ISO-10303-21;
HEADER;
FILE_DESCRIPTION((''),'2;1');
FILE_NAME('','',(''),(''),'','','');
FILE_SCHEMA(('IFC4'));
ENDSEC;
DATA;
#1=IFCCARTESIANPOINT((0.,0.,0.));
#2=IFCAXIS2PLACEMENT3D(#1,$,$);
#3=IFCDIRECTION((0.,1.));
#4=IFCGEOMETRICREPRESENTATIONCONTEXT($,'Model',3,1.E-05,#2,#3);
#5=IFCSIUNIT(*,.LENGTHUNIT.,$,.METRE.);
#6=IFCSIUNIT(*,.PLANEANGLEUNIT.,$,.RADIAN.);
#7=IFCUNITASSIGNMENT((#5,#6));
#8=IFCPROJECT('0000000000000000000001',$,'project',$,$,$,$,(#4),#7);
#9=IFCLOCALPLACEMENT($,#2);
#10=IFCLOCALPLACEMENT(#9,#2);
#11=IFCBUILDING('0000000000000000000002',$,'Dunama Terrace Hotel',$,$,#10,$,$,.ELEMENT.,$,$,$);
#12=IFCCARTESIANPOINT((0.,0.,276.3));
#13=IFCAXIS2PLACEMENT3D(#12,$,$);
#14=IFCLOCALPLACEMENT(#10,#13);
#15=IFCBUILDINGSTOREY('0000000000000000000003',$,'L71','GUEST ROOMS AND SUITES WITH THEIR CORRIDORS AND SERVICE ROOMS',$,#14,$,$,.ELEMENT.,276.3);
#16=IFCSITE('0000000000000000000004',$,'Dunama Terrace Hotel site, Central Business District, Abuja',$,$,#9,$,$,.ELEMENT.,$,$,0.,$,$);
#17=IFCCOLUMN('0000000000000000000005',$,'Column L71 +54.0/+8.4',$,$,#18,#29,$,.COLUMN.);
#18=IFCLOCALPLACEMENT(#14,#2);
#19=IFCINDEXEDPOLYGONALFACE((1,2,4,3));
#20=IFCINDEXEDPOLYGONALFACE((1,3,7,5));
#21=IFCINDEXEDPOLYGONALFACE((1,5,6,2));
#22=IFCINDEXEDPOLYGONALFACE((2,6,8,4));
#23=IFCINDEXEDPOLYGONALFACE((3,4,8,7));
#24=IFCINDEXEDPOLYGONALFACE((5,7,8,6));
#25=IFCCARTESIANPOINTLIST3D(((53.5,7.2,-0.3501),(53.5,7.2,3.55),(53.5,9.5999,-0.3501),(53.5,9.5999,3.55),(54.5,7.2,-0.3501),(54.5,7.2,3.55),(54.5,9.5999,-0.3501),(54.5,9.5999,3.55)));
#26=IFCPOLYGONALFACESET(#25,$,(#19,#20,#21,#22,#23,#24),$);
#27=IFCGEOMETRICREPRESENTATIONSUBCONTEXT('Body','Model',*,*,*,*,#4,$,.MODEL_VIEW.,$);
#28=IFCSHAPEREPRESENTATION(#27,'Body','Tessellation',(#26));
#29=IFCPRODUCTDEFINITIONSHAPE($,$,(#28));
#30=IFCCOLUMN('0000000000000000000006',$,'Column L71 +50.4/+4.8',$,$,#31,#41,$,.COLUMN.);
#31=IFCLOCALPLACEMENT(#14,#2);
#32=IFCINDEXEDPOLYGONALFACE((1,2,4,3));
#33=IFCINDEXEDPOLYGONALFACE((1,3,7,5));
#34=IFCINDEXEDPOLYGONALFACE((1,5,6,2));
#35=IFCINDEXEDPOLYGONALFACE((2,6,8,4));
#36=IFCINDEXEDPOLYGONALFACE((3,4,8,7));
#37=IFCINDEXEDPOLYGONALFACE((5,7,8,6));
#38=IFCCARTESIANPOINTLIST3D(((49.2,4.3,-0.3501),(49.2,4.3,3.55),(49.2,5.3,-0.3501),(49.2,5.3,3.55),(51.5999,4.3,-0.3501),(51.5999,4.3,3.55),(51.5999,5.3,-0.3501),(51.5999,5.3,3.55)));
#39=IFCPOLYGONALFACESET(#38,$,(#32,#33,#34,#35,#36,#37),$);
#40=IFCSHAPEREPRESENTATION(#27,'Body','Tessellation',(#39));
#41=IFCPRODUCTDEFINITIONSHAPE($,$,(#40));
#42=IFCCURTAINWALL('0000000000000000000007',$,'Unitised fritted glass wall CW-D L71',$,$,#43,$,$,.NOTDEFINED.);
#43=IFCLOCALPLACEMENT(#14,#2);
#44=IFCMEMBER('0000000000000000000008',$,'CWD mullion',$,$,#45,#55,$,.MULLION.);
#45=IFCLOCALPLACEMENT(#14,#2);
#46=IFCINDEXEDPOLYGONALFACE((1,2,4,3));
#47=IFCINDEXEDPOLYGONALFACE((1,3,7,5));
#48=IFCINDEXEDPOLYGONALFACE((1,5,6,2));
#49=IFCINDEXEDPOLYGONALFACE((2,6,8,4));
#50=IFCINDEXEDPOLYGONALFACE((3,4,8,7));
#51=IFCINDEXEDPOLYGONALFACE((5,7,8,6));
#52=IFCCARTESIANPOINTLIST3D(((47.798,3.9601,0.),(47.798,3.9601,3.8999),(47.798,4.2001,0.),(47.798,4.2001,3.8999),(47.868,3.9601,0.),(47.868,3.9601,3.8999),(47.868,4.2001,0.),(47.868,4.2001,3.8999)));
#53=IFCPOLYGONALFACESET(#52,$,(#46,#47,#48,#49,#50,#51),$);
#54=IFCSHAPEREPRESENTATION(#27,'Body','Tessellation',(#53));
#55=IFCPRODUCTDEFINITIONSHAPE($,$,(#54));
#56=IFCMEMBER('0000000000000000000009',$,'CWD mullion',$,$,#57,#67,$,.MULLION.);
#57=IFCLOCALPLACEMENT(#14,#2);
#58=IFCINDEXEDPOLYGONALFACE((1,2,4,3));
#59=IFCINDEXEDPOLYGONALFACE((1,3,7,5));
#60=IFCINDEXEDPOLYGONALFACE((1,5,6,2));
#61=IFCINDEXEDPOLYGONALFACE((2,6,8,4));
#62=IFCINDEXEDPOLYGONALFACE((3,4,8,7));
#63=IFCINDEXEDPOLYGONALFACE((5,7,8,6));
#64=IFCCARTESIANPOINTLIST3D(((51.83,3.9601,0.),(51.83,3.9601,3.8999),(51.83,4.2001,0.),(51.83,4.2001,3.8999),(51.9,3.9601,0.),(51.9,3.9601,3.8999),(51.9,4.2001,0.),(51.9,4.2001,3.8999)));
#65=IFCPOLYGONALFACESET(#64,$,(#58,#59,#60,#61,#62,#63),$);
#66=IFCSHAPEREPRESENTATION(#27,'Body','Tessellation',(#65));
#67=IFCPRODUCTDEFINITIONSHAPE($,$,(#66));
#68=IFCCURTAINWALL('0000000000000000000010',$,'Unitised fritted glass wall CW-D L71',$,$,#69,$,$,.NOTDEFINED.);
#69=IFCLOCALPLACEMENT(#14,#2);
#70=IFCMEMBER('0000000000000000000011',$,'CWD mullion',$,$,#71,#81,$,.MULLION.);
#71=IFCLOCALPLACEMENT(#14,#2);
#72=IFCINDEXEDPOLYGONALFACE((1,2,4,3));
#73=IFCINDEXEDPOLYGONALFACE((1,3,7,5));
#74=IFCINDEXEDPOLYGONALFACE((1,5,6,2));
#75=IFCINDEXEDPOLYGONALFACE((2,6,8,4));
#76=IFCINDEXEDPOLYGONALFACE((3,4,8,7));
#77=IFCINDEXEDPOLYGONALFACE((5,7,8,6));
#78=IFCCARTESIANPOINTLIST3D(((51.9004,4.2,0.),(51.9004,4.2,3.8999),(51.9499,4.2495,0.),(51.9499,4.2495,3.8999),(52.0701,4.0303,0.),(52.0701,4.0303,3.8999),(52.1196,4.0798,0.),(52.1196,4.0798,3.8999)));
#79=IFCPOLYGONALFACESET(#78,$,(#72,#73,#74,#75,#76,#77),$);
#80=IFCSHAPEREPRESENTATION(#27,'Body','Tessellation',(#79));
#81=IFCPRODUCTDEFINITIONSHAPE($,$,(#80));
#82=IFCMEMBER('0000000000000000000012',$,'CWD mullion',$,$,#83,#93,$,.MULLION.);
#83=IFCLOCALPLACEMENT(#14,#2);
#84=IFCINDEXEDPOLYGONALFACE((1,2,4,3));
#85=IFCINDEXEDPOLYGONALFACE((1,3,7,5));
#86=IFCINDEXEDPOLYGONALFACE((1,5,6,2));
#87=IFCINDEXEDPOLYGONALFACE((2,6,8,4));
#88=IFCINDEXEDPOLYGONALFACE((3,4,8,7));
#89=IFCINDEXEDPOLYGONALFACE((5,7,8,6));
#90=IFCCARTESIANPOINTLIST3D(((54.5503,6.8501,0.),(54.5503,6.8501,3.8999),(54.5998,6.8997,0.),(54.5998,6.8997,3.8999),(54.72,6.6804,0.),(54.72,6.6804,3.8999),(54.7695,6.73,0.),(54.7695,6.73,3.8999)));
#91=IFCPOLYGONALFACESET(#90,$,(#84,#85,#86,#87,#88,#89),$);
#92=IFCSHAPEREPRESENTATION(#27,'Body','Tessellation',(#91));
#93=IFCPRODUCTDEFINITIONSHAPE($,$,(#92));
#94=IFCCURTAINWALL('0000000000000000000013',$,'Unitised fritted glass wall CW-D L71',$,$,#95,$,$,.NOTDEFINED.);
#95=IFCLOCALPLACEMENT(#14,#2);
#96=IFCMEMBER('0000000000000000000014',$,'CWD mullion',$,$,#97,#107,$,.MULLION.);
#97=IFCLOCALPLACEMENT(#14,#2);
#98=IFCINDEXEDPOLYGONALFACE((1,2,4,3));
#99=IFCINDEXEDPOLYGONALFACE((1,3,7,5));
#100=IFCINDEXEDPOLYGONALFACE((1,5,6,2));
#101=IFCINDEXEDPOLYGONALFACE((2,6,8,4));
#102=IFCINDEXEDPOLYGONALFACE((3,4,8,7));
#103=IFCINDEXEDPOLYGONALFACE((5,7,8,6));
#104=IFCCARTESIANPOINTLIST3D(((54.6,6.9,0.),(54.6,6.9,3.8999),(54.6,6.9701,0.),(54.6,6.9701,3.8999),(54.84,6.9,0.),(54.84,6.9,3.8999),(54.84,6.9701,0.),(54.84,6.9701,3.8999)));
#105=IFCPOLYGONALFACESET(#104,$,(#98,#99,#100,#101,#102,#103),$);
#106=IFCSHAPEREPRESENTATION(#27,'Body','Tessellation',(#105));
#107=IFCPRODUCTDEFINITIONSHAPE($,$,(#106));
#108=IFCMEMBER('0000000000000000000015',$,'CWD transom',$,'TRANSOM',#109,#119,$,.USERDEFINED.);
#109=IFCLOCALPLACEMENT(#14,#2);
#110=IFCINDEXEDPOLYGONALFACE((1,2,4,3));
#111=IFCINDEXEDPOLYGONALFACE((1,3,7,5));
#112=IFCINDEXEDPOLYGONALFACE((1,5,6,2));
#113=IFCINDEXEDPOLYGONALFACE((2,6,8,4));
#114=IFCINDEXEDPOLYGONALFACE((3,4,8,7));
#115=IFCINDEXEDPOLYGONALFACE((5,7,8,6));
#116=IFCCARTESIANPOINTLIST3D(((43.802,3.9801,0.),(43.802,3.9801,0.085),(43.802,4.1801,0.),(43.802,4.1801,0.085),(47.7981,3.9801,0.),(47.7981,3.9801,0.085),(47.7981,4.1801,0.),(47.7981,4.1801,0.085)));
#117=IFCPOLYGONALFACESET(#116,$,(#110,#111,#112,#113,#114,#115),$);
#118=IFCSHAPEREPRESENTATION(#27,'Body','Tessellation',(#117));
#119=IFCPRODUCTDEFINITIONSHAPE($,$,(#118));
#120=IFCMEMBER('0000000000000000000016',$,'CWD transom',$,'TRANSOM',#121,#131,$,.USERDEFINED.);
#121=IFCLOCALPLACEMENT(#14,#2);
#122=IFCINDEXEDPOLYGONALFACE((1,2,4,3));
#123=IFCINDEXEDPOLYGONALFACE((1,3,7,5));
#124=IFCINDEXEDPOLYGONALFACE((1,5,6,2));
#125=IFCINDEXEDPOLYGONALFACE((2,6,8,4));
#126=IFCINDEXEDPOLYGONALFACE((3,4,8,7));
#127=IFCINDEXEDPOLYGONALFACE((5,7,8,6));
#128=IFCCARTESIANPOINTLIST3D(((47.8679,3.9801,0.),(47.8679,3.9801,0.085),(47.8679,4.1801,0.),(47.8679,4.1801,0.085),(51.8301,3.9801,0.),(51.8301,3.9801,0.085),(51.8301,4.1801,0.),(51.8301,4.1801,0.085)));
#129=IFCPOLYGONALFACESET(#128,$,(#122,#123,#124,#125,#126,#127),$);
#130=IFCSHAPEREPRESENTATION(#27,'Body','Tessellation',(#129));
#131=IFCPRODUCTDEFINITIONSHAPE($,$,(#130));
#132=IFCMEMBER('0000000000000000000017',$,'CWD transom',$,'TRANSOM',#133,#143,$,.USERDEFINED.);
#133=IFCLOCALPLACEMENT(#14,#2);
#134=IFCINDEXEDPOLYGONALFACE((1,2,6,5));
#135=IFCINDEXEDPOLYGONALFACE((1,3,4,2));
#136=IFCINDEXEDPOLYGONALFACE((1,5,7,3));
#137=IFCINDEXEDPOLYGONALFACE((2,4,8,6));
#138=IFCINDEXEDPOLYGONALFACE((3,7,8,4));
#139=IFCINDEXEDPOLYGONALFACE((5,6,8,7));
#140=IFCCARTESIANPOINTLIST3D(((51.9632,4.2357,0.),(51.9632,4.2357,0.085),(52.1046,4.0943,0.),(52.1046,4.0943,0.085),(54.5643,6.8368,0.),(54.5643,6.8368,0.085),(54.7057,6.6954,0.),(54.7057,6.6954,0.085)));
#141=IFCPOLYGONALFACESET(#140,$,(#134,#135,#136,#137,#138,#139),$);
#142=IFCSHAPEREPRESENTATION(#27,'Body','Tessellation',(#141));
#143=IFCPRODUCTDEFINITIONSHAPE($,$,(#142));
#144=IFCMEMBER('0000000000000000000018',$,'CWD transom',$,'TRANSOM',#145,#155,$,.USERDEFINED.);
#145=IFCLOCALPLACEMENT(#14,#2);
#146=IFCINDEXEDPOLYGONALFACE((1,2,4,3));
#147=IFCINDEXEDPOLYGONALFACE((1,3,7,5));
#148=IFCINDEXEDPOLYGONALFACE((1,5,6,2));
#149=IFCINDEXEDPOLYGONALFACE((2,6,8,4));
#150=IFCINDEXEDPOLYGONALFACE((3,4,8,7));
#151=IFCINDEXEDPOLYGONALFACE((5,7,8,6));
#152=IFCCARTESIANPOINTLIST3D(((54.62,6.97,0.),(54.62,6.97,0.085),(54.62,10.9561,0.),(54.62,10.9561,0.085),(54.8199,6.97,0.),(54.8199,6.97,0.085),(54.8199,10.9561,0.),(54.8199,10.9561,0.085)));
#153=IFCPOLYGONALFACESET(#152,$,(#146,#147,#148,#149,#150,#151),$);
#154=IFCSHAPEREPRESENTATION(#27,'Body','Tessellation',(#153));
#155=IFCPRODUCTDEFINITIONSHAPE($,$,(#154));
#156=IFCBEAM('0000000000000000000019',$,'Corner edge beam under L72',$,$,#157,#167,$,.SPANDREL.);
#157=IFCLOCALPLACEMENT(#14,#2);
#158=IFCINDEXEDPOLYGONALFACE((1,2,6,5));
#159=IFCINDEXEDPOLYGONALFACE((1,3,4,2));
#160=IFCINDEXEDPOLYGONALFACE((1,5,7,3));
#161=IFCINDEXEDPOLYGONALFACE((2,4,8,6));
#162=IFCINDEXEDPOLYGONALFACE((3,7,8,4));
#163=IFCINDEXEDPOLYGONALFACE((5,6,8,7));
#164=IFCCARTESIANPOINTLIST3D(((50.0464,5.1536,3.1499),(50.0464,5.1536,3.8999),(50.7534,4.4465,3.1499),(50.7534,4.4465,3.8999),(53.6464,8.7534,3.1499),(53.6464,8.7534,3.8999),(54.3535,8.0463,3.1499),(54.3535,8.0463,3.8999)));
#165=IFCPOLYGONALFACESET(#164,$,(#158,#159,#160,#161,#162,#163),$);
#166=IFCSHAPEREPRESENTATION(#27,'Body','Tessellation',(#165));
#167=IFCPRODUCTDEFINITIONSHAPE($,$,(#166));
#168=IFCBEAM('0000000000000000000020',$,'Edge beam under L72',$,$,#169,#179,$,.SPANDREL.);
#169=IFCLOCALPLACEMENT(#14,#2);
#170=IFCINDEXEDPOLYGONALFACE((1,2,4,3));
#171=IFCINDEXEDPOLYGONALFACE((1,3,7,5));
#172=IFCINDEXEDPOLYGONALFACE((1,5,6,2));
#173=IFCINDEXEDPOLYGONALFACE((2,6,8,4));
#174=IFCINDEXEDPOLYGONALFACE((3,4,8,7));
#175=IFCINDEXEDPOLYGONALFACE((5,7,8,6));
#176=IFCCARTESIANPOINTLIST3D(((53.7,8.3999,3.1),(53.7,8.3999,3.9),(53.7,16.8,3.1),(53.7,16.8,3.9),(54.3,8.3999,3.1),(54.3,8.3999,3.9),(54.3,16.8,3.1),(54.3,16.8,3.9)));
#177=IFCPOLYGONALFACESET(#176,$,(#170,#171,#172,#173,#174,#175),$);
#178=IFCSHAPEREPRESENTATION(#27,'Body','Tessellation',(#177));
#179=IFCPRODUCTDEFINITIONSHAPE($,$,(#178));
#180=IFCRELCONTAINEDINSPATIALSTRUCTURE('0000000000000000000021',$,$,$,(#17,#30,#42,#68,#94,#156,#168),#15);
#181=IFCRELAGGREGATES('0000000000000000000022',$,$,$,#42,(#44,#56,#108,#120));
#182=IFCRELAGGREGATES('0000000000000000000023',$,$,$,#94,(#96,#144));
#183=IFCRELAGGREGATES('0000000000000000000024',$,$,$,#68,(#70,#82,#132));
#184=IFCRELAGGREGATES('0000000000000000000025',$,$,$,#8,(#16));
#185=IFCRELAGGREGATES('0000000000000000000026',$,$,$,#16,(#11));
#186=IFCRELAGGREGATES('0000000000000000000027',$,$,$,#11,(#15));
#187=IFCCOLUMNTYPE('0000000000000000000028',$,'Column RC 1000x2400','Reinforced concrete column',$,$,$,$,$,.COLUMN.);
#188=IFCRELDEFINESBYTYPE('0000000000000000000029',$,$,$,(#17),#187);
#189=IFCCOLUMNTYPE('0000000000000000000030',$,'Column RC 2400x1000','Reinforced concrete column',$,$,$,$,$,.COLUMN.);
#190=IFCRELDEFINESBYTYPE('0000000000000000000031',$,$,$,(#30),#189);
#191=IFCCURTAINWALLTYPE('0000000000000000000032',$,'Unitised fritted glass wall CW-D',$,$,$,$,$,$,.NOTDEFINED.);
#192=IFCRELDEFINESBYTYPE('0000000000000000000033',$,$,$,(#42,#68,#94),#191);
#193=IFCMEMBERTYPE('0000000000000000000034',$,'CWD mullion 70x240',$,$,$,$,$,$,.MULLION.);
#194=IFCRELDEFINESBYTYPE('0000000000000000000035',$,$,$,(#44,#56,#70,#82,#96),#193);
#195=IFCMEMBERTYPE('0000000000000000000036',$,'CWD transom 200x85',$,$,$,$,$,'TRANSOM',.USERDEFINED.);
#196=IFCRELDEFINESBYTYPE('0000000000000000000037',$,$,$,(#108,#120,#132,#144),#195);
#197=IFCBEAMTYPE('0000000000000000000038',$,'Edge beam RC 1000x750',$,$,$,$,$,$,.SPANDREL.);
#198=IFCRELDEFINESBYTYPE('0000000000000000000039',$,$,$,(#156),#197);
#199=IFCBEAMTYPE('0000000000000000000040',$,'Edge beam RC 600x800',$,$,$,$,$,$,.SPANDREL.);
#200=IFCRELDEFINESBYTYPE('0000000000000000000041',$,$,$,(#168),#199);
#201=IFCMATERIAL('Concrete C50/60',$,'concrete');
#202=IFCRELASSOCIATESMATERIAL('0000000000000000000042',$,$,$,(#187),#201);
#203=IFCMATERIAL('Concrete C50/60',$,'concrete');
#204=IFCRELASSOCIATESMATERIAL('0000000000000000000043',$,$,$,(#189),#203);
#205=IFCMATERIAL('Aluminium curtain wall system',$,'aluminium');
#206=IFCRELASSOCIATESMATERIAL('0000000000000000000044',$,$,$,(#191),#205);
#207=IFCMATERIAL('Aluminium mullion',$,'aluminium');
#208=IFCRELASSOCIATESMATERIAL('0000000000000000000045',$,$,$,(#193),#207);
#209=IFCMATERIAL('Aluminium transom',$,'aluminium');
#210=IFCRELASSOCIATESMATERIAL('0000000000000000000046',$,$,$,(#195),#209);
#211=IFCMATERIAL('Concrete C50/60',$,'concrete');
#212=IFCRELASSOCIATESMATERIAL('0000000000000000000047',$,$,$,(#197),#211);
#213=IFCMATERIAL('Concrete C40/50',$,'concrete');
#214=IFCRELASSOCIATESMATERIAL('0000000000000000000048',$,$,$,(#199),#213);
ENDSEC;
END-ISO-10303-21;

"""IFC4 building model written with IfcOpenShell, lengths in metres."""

from ifc_helpers import new_model, si_unit, direction, frame, origin, origin_2d, place, context, subcontext, project, spatial, rectangle, extrude, material, material_profile, profile_set, type_object, element, aggregate, save


model = new_model("IFC4")

# Units and contexts
model_context = context("Model", 3, precision=1e-05, world=origin(), true_north=direction((0.0, 1.0)))
body_context = subcontext(model_context, "Body", "Model", "MODEL_VIEW")
ifc_project = project(units=[si_unit("LENGTHUNIT", "METRE"), si_unit("PLANEANGLEUNIT", "RADIAN")], contexts=[model_context])

# Site, building, storey
site_placement = place(None, origin())
site = spatial("IfcSite", under=ifc_project, at=site_placement, Name="Dunama Terrace Hotel site, Central Business District, Abuja", CompositionType="ELEMENT", RefElevation=0.0)
building_placement = place(site_placement, origin())
building = spatial("IfcBuilding", under=site, at=building_placement, Name="Dunama Terrace Hotel", CompositionType="ELEMENT")
storey_placement = place(building_placement, frame((0.0, 0.0, 276.3)))
storey = spatial("IfcBuildingStorey", under=building, at=storey_placement, Name="L71", Description="GUEST ROOMS AND SUITES WITH THEIR CORRIDORS AND SERVICE ROOMS", CompositionType="ELEMENT", Elevation=276.3)

# Columns
ifc_material_1 = material(Name="Concrete C50/60", Category="concrete")
ifc_material_profile_1 = material_profile(ifc_material_1, rectangle(XDim=1.0, YDim=2.3999, at=origin_2d()), Name="RC 1000x2400")
ifc_profile_set_1 = profile_set([ifc_material_profile_1], Name="Concrete C50/60")
column_type_1 = type_object("IfcColumnType", Name="Column RC 1000x2400", Description="Reinforced concrete column", PredefinedType="COLUMN", material=ifc_profile_set_1)
column_1_placement = place(storey_placement, frame((54.0, 8.3999, -0.3501), z_axis=(0.0, 0.0, 1.0), x_axis=(1.0, 0.0, 0.0)))
element("IfcColumn", 1, at=column_1_placement, inside=storey, type_object=column_type_1, Name="Column L71 +54.0/+8.4", PredefinedType="COLUMN", context=body_context, shape_type="SweptSolid", body=[
    extrude(rectangle(XDim=1.0, YDim=2.3999, at=origin_2d()), origin(), (0.0, 0.0, 1.0), 3.9001),
])
ifc_material_2 = material(Name="Concrete C50/60", Category="concrete")
ifc_material_profile_2 = material_profile(ifc_material_2, rectangle(XDim=2.3999, YDim=1.0, at=origin_2d()), Name="RC 2400x1000")
ifc_profile_set_2 = profile_set([ifc_material_profile_2], Name="Concrete C50/60")
column_type_2 = type_object("IfcColumnType", Name="Column RC 2400x1000", Description="Reinforced concrete column", PredefinedType="COLUMN", material=ifc_profile_set_2)
column_2_placement = place(storey_placement, frame((50.3999, 4.8, -0.3501), z_axis=(0.0, 0.0, 1.0), x_axis=(1.0, 0.0, 0.0)))
element("IfcColumn", 2, at=column_2_placement, inside=storey, type_object=column_type_2, Name="Column L71 +50.4/+4.8", PredefinedType="COLUMN", context=body_context, shape_type="SweptSolid", body=[
    extrude(rectangle(XDim=2.3999, YDim=1.0, at=origin_2d()), origin(), (0.0, 0.0, 1.0), 3.9001),
])

# Curtain walls, members
ifc_material_3 = material(Name="Aluminium curtain wall system", Category="aluminium")
curtain_wall_type = type_object("IfcCurtainWallType", Name="Unitised fritted glass wall CW-D", PredefinedType="NOTDEFINED", material=ifc_material_3)
curtain_wall_1_placement = place(storey_placement, origin())
curtain_wall_1 = element("IfcCurtainWall", 3, at=curtain_wall_1_placement, inside=storey, type_object=curtain_wall_type, Name="Unitised fritted glass wall CW-D L71", PredefinedType="NOTDEFINED")
ifc_material_4 = material(Name="Aluminium mullion", Category="aluminium")
ifc_material_profile_3 = material_profile(ifc_material_4, rectangle(XDim=0.0701, YDim=0.24, at=origin_2d()), Name="CWD MULLION 70X240")
ifc_profile_set_3 = profile_set([ifc_material_profile_3], Name="Aluminium mullion")
member_type_1 = type_object("IfcMemberType", Name="CWD mullion 70x240", PredefinedType="MULLION", material=ifc_profile_set_3)
member_1_placement = place(storey_placement, frame((47.833, 4.0801, 0.0), z_axis=(0.0, 0.0, 1.0), x_axis=(1.0, 0.0, 0.0)))
member_1 = element("IfcMember", 4, at=member_1_placement, type_object=member_type_1, Name="CWD mullion", PredefinedType="MULLION", context=body_context, shape_type="SweptSolid", body=[
    extrude(rectangle(XDim=0.0701, YDim=0.24, at=origin_2d()), origin(), (0.0, 0.0, 1.0), 3.8999),
])
member_2_placement = place(storey_placement, frame((51.865, 4.0801, 0.0), z_axis=(0.0, 0.0, 1.0), x_axis=(1.0, 0.0, 0.0)))
member_2 = element("IfcMember", 5, at=member_2_placement, type_object=member_type_1, Name="CWD mullion", PredefinedType="MULLION", context=body_context, shape_type="SweptSolid", body=[
    extrude(rectangle(XDim=0.0701, YDim=0.24, at=origin_2d()), origin(), (0.0, 0.0, 1.0), 3.8999),
])
curtain_wall_2_placement = place(storey_placement, origin())
curtain_wall_2 = element("IfcCurtainWall", 6, at=curtain_wall_2_placement, inside=storey, type_object=curtain_wall_type, Name="Unitised fritted glass wall CW-D L71", PredefinedType="NOTDEFINED")
member_3_placement = place(storey_placement, frame((52.01, 4.1399, 0.0), z_axis=(0.0, 0.0, 1.0), x_axis=(0.707107, 0.707107, 0.0)))
member_3 = element("IfcMember", 7, at=member_3_placement, type_object=member_type_1, Name="CWD mullion", PredefinedType="MULLION", context=body_context, shape_type="SweptSolid", body=[
    extrude(rectangle(XDim=0.0701, YDim=0.24, at=origin_2d()), origin(), (0.0, 0.0, 1.0), 3.8999),
])
member_4_placement = place(storey_placement, frame((54.6599, 6.79, 0.0), z_axis=(0.0, 0.0, 1.0), x_axis=(0.707107, 0.707107, 0.0)))
member_4 = element("IfcMember", 8, at=member_4_placement, type_object=member_type_1, Name="CWD mullion", PredefinedType="MULLION", context=body_context, shape_type="SweptSolid", body=[
    extrude(rectangle(XDim=0.0701, YDim=0.24, at=origin_2d()), origin(), (0.0, 0.0, 1.0), 3.8999),
])

# Curtain wall, member
curtain_wall_3_placement = place(storey_placement, origin())
curtain_wall_3 = element("IfcCurtainWall", 9, at=curtain_wall_3_placement, inside=storey, type_object=curtain_wall_type, Name="Unitised fritted glass wall CW-D L71", PredefinedType="NOTDEFINED")
member_5_placement = place(storey_placement, frame((54.72, 6.9351, 0.0), z_axis=(0.0, 0.0, 1.0), x_axis=(0.0, 1.0, 0.0)))
member_5 = element("IfcMember", 10, at=member_5_placement, type_object=member_type_1, Name="CWD mullion", PredefinedType="MULLION", context=body_context, shape_type="SweptSolid", body=[
    extrude(rectangle(XDim=0.0701, YDim=0.24, at=origin_2d()), origin(), (0.0, 0.0, 1.0), 3.8999),
])

# Members
ifc_material_5 = material(Name="Aluminium transom", Category="aluminium")
ifc_material_profile_4 = material_profile(ifc_material_5, rectangle(XDim=0.2, YDim=0.085, at=origin_2d()), Name="CWD TRANSOM 200X85")
ifc_profile_set_4 = profile_set([ifc_material_profile_4], Name="Aluminium transom")
member_type_2 = type_object("IfcMemberType", Name="CWD transom 200x85", ElementType="TRANSOM", PredefinedType="USERDEFINED", material=ifc_profile_set_4)
member_6_placement = place(storey_placement, frame((43.802, 4.0801, 0.0425), z_axis=(1.0, 0.0, 0.0), x_axis=(0.0, 1.0, 0.0)))
member_6 = element("IfcMember", 11, at=member_6_placement, type_object=member_type_2, Name="CWD transom", ObjectType="TRANSOM", PredefinedType="USERDEFINED", context=body_context, shape_type="SweptSolid", body=[
    extrude(rectangle(XDim=0.2, YDim=0.085, at=origin_2d()), origin(), (0.0, 0.0, 1.0), 3.9961),
])
member_7_placement = place(storey_placement, frame((47.8679, 4.0801, 0.0425), z_axis=(1.0, 0.0, 0.0), x_axis=(0.0, 1.0, 0.0)))
member_7 = element("IfcMember", 12, at=member_7_placement, type_object=member_type_2, Name="CWD transom", ObjectType="TRANSOM", PredefinedType="USERDEFINED", context=body_context, shape_type="SweptSolid", body=[
    extrude(rectangle(XDim=0.2, YDim=0.085, at=origin_2d()), origin(), (0.0, 0.0, 1.0), 3.9622),
])
member_8_placement = place(storey_placement, frame((52.0339, 4.165, 0.0425), z_axis=(0.707107, 0.707107, 0.0), x_axis=(-0.707107, 0.707107, 0.0)))
member_8 = element("IfcMember", 13, at=member_8_placement, type_object=member_type_2, Name="CWD transom", ObjectType="TRANSOM", PredefinedType="USERDEFINED", context=body_context, shape_type="SweptSolid", body=[
    extrude(rectangle(XDim=0.2, YDim=0.085, at=origin_2d()), origin(), (0.0, 0.0, 1.0), 3.6785),
])
member_9_placement = place(storey_placement, frame((54.72, 6.97, 0.0425), z_axis=(0.0, 1.0, 0.0), x_axis=(-1.0, 0.0, 0.0)))
member_9 = element("IfcMember", 14, at=member_9_placement, type_object=member_type_2, Name="CWD transom", ObjectType="TRANSOM", PredefinedType="USERDEFINED", context=body_context, shape_type="SweptSolid", body=[
    extrude(rectangle(XDim=0.2, YDim=0.085, at=origin_2d()), origin(), (0.0, 0.0, 1.0), 3.9861),
])

# Beams
ifc_material_6 = material(Name="Concrete C50/60", Category="concrete")
ifc_material_profile_5 = material_profile(ifc_material_6, rectangle(XDim=1.0, YDim=0.75, at=origin_2d()), Name="RC 1000x750")
ifc_profile_set_5 = profile_set([ifc_material_profile_5], Name="Concrete C50/60")
beam_type_1 = type_object("IfcBeamType", Name="Edge beam RC 1000x750", PredefinedType="SPANDREL", material=ifc_profile_set_5)
beam_1_placement = place(storey_placement, frame((50.3999, 4.8, 3.5249), z_axis=(0.707131, 0.707083, 0.0), x_axis=(-0.707083, 0.707131, 0.0)))
element("IfcBeam", 15, at=beam_1_placement, inside=storey, type_object=beam_type_1, Name="Corner edge beam under L72", PredefinedType="SPANDREL", context=body_context, shape_type="SweptSolid", body=[
    extrude(rectangle(XDim=1.0, YDim=0.75, at=origin_2d()), origin(), (0.0, 0.0, 1.0), 5.0911),
])
ifc_material_7 = material(Name="Concrete C40/50", Category="concrete")
ifc_material_profile_6 = material_profile(ifc_material_7, rectangle(XDim=0.6001, YDim=0.8, at=origin_2d()), Name="RC 600x800")
ifc_profile_set_6 = profile_set([ifc_material_profile_6], Name="Concrete C40/50")
beam_type_2 = type_object("IfcBeamType", Name="Edge beam RC 600x800", PredefinedType="SPANDREL", material=ifc_profile_set_6)
beam_2_placement = place(storey_placement, frame((54.0, 8.3999, 3.5), z_axis=(0.0, 1.0, 0.0), x_axis=(-1.0, 0.0, 0.0)))
element("IfcBeam", 16, at=beam_2_placement, inside=storey, type_object=beam_type_2, Name="Edge beam under L72", PredefinedType="SPANDREL", context=body_context, shape_type="SweptSolid", body=[
    extrude(rectangle(XDim=0.6001, YDim=0.8, at=origin_2d()), origin(), (0.0, 0.0, 1.0), 8.4001),
])

aggregate(curtain_wall_1, [member_1, member_2, member_6, member_7])
aggregate(curtain_wall_3, [member_5, member_9])
aggregate(curtain_wall_2, [member_3, member_4, member_8])

save(model, "model.ifc")
